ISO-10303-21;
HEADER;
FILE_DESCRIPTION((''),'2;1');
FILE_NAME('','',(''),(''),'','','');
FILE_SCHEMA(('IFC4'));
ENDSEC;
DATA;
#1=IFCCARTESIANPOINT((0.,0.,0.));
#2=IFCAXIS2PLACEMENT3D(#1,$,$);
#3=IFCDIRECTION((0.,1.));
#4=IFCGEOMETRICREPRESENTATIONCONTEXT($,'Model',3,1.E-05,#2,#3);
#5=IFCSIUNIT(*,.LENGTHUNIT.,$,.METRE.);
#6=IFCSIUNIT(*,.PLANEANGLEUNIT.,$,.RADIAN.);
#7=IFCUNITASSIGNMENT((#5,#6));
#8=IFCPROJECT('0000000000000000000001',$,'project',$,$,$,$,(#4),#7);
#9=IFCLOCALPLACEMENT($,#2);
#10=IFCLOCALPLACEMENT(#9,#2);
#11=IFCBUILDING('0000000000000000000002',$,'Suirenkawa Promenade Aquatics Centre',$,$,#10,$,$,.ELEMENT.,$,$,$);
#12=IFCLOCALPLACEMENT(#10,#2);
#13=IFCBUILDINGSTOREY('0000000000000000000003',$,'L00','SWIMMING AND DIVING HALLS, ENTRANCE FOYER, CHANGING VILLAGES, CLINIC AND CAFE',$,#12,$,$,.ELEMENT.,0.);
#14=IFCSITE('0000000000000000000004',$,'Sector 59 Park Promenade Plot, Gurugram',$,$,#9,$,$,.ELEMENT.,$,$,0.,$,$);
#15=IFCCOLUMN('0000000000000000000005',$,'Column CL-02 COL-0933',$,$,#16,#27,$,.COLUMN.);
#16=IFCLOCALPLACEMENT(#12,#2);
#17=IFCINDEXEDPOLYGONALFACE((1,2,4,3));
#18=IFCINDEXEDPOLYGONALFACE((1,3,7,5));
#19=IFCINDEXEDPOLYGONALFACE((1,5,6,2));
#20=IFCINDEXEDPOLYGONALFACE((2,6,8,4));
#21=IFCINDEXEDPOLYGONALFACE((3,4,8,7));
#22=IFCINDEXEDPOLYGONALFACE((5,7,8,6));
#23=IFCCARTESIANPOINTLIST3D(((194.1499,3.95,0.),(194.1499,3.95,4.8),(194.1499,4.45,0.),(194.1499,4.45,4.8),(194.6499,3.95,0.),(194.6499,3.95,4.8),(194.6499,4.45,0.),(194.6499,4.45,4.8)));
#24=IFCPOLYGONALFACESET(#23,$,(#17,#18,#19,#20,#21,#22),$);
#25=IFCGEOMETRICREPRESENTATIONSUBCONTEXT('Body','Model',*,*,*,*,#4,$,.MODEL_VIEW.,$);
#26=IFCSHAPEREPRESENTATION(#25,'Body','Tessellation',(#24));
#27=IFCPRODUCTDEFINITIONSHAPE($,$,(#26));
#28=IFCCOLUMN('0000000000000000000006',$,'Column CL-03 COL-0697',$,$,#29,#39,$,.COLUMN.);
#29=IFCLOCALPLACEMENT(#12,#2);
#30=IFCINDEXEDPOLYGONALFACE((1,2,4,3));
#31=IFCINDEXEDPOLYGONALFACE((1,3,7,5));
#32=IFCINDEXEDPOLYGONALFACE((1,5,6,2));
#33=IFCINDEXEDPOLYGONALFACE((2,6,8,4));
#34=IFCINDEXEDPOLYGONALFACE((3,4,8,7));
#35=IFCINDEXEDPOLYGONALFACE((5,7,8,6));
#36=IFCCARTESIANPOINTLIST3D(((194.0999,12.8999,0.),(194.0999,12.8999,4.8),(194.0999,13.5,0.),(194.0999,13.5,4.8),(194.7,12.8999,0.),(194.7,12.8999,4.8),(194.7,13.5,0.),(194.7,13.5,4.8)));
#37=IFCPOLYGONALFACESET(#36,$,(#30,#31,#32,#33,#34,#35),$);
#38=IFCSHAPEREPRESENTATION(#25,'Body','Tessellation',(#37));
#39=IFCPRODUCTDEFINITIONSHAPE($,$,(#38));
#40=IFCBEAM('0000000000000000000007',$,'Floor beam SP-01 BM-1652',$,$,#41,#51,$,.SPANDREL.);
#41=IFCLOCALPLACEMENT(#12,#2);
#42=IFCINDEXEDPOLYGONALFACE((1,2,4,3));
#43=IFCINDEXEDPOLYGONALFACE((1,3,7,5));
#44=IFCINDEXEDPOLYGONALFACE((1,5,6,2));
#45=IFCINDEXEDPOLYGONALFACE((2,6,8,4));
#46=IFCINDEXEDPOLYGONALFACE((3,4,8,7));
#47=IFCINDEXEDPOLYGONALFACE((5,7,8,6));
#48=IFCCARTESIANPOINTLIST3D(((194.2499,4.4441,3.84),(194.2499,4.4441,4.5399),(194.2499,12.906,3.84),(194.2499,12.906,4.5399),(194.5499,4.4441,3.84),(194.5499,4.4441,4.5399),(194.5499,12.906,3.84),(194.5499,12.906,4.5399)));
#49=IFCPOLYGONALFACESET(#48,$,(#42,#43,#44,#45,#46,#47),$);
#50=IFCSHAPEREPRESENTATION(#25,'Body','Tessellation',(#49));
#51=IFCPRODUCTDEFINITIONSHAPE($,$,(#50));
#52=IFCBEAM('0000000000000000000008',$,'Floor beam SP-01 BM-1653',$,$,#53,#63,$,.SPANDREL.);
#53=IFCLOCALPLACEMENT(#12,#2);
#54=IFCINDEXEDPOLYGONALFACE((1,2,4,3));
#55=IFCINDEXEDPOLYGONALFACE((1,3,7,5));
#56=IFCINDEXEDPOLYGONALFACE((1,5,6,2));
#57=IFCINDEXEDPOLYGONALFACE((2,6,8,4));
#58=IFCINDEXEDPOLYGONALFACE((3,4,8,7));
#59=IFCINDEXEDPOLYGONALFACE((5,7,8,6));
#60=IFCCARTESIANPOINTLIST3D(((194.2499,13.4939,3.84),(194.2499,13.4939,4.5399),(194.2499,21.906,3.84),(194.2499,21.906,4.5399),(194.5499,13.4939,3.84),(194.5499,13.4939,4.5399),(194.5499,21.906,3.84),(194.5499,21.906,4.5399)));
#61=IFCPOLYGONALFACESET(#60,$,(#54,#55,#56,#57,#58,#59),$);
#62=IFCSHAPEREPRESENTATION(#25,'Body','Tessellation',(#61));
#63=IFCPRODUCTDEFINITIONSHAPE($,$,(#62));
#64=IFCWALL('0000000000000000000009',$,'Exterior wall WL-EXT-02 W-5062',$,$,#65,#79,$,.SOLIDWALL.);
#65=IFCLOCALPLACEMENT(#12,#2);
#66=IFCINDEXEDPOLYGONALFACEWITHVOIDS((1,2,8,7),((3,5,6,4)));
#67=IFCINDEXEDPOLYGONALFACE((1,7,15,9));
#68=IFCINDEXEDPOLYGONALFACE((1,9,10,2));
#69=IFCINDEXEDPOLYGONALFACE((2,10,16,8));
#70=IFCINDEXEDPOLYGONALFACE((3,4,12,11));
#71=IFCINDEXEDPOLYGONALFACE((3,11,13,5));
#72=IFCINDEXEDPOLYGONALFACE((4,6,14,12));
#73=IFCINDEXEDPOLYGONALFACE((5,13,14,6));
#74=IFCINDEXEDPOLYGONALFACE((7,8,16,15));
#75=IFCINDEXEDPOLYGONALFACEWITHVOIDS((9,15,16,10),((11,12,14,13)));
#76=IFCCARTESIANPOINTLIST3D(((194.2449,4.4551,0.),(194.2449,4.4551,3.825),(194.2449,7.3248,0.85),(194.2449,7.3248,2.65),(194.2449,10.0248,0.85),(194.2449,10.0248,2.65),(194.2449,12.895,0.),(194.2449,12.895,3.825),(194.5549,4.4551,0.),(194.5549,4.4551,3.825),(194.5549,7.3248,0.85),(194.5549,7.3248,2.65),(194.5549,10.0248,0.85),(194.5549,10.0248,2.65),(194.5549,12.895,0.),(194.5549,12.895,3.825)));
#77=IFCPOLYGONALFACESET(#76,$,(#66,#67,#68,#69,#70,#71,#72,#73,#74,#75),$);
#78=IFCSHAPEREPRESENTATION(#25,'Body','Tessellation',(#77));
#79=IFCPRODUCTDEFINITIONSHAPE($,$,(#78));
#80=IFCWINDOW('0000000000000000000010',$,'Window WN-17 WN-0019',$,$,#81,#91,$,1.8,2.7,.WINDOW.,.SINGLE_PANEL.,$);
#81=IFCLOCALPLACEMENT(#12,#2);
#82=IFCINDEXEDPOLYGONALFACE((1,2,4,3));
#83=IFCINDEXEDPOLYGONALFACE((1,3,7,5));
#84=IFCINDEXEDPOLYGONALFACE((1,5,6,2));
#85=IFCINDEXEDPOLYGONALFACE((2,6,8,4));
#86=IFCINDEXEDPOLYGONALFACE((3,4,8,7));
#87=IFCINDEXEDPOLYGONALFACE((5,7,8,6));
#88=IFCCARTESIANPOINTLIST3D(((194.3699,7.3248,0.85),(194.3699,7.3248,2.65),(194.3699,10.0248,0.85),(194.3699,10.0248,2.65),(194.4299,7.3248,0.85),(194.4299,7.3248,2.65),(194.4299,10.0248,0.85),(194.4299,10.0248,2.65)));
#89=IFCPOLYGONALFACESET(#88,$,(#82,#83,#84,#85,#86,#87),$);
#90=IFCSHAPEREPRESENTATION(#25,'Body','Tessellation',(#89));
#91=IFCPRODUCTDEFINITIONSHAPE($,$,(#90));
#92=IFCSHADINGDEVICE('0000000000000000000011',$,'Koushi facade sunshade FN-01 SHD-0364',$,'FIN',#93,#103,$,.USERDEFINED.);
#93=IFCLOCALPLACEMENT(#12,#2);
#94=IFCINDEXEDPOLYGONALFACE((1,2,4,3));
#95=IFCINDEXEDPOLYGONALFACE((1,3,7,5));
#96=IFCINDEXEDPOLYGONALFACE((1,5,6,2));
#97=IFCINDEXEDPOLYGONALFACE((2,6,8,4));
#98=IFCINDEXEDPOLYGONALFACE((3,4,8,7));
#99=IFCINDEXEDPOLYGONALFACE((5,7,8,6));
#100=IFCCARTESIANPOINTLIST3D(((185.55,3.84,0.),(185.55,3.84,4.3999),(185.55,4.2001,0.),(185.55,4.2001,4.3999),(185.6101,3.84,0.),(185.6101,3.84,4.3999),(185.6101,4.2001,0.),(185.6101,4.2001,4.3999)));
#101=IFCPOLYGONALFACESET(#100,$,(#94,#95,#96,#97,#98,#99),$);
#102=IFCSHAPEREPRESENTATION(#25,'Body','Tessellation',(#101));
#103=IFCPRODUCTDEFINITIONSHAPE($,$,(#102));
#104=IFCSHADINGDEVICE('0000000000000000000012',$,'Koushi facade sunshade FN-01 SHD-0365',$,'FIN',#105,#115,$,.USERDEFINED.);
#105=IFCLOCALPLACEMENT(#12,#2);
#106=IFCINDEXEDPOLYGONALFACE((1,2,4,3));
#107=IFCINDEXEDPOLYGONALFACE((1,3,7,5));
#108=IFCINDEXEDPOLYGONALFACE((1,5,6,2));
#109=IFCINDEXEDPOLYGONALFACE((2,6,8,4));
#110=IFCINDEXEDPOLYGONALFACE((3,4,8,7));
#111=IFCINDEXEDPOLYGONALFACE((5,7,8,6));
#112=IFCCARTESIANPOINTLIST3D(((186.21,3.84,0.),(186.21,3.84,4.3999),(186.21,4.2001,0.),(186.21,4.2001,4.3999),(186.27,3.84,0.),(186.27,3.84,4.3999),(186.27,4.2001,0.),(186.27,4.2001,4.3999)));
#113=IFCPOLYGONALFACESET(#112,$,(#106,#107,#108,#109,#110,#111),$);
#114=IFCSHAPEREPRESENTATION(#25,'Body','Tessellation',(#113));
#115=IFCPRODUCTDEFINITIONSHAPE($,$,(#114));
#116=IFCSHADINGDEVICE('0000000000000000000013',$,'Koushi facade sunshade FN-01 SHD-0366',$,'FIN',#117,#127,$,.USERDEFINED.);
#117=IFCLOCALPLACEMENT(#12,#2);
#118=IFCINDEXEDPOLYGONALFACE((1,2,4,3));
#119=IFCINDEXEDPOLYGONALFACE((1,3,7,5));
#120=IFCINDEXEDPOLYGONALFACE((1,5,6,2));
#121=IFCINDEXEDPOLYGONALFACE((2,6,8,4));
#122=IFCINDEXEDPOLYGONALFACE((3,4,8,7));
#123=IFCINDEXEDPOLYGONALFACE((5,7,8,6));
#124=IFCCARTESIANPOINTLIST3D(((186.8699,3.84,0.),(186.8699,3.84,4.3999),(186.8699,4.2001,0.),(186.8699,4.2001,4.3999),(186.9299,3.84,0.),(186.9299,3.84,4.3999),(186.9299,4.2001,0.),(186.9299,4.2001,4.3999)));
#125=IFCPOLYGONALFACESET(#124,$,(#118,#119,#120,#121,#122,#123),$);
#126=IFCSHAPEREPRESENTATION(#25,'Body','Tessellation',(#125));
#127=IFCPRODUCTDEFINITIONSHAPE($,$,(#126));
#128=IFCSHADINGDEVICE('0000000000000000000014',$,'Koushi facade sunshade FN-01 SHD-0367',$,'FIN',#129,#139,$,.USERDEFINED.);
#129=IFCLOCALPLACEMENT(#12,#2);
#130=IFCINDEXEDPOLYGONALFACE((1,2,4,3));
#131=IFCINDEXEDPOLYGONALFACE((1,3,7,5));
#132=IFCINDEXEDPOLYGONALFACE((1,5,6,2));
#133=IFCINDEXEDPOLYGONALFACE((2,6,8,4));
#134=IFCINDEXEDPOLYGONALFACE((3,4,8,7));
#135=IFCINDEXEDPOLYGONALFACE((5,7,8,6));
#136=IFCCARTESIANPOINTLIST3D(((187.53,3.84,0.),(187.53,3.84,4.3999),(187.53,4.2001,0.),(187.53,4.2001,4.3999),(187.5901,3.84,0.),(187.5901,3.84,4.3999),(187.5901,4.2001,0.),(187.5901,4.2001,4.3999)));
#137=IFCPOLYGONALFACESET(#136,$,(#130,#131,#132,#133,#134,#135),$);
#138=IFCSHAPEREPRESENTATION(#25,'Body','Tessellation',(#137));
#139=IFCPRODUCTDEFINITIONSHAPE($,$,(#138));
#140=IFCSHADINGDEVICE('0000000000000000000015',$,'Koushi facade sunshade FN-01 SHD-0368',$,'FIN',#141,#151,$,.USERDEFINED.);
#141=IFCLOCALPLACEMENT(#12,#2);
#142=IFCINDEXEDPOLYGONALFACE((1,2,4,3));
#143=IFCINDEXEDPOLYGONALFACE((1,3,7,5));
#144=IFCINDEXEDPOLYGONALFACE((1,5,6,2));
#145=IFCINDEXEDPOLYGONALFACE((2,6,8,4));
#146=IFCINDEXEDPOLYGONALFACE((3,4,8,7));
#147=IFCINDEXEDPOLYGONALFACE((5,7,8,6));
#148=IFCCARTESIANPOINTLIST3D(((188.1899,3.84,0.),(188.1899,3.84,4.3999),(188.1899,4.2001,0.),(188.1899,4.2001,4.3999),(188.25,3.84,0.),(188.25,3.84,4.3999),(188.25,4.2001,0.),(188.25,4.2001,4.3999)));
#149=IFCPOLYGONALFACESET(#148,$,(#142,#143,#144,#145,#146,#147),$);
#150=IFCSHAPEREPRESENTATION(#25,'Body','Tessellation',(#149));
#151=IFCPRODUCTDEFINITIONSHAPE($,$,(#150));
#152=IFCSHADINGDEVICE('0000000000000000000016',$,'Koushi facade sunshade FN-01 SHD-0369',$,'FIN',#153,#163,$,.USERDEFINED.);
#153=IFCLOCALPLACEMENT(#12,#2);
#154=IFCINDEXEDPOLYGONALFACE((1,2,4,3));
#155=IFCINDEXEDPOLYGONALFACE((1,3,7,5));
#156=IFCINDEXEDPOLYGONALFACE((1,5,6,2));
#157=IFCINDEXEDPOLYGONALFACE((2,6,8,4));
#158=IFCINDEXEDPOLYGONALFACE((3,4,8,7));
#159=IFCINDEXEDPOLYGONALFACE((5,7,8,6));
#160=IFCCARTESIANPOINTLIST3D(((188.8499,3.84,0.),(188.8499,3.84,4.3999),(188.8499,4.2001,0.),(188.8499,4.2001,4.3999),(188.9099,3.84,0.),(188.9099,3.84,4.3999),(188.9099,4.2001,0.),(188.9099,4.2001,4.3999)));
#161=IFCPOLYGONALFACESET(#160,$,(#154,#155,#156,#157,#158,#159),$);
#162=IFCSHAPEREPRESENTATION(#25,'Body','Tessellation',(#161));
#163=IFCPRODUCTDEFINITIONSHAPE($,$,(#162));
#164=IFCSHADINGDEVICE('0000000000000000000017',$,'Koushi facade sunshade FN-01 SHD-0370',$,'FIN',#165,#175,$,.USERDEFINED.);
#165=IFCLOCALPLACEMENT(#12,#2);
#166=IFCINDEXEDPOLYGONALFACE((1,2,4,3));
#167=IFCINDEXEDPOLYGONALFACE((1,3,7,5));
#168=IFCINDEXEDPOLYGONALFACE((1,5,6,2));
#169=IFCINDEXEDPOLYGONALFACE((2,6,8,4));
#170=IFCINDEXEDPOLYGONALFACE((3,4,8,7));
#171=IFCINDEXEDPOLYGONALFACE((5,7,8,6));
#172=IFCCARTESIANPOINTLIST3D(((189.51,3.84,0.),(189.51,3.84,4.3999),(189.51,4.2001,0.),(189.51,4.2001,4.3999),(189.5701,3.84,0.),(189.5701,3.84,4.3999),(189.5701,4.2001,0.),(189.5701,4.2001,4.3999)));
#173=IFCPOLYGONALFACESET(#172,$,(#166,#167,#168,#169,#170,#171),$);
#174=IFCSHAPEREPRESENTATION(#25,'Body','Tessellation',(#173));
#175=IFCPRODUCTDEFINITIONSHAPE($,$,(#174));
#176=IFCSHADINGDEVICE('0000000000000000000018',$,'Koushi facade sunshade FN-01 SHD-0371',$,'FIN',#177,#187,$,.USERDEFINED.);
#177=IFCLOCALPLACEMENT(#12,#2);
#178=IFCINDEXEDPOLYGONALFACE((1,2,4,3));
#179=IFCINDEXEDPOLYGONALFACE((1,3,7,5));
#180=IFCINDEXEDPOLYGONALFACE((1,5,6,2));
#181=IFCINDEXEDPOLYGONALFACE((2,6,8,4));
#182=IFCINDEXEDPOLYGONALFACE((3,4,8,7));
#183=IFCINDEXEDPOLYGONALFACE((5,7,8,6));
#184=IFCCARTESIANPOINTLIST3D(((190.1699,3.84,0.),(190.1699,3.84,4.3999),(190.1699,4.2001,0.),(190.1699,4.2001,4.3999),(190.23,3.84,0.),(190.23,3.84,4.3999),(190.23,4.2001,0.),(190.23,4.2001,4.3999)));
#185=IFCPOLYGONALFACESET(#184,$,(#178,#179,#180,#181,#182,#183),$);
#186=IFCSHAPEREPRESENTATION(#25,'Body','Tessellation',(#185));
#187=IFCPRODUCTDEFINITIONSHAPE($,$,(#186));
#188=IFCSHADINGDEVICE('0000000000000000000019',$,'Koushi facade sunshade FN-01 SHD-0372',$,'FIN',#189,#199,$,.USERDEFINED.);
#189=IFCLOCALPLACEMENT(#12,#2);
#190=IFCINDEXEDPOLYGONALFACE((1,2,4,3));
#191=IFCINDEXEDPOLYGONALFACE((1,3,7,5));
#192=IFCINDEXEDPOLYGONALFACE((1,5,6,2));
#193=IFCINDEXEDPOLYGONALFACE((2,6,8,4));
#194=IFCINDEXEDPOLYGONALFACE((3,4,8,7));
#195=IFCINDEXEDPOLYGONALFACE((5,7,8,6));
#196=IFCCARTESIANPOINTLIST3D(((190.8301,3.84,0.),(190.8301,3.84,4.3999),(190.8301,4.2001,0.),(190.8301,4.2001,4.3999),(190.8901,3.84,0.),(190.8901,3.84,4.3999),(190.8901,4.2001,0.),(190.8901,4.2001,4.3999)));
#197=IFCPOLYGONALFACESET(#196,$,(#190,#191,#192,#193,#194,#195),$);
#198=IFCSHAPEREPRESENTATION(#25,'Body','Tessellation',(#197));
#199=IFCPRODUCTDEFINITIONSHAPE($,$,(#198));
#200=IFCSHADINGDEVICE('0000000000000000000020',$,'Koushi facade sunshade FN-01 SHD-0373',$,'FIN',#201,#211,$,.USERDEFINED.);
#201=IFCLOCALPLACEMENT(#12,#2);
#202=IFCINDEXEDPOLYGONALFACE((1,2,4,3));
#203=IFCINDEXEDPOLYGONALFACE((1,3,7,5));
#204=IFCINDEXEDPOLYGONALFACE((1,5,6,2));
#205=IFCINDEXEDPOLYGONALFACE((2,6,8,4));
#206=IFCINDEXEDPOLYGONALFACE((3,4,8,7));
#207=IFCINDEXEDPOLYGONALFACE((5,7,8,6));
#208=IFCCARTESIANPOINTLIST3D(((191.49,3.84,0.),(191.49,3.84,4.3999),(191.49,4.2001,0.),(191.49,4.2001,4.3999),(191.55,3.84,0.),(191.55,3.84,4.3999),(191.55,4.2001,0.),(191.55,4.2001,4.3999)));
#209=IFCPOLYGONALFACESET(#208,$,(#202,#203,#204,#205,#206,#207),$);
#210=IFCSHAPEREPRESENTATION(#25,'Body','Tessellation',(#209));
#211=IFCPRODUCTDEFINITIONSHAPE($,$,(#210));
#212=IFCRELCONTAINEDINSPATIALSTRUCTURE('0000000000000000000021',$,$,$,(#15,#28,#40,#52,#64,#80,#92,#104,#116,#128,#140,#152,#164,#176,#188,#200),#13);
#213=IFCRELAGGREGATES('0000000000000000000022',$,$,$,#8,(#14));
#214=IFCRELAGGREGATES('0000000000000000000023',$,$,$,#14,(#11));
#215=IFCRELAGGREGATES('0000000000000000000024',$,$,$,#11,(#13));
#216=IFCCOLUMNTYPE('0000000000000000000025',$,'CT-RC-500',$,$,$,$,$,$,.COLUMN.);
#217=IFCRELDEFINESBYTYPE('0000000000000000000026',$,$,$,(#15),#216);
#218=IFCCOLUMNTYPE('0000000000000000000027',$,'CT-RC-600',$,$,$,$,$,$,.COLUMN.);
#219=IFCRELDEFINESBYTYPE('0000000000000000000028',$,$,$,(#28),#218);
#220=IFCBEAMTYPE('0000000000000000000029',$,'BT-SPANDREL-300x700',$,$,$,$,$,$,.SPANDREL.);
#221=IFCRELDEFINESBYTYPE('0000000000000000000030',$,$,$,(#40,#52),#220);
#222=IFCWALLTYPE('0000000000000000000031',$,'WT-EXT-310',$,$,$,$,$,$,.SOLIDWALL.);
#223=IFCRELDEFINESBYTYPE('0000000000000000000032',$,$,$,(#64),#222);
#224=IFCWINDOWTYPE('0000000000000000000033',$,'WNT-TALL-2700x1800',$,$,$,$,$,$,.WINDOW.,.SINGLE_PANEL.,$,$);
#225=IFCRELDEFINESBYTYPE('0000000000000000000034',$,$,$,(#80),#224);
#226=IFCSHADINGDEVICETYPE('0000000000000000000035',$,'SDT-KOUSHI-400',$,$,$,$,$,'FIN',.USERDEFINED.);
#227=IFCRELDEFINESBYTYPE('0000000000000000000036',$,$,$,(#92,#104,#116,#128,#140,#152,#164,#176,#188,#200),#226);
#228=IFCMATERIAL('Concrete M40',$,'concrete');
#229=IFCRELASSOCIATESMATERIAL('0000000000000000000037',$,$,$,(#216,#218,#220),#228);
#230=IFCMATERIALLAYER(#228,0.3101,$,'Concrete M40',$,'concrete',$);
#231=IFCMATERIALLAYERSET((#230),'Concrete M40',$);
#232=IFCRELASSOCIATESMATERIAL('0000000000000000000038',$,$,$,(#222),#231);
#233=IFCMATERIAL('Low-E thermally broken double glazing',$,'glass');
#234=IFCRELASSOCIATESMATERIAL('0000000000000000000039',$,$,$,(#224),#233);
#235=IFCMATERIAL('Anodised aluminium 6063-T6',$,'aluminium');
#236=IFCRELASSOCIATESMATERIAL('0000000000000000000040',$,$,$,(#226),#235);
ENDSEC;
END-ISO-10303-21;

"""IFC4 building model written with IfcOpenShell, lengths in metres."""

from ifc_helpers import new_model, si_unit, direction, frame, frame_2d, origin, origin_2d, place, context, subcontext, project, spatial, rectangle, extrude, material, layer, layer_set, material_profile, profile_set, type_object, element, fill, save


model = new_model("IFC4")

# Units and contexts
model_context = context("Model", 3, precision=1e-05, world=origin(), true_north=direction((0.0, 1.0)))
body_context = subcontext(model_context, "Body", "Model", "MODEL_VIEW")
ifc_project = project(units=[si_unit("LENGTHUNIT", "METRE"), si_unit("PLANEANGLEUNIT", "RADIAN")], contexts=[model_context])

# Site, building, storey
site_placement = place(None, origin())
site = spatial("IfcSite", under=ifc_project, at=site_placement, Name="Sector 59 Park Promenade Plot, Gurugram", CompositionType="ELEMENT", RefElevation=0.0)
building_placement = place(site_placement, origin())
building = spatial("IfcBuilding", under=site, at=building_placement, Name="Suirenkawa Promenade Aquatics Centre", CompositionType="ELEMENT")
storey_placement = place(building_placement, origin())
storey = spatial("IfcBuildingStorey", under=building, at=storey_placement, Name="L00", Description="SWIMMING AND DIVING HALLS, ENTRANCE FOYER, CHANGING VILLAGES, CLINIC AND CAFE", CompositionType="ELEMENT", Elevation=0.0)

# Columns
ifc_material_1 = material(Name="Concrete M40", Category="concrete")
ifc_material_profile_1 = material_profile(ifc_material_1, rectangle(XDim=0.5, YDim=0.5, at=origin_2d()), Name="RC COL 500x500", Category="concrete")
ifc_profile_set_1 = profile_set([ifc_material_profile_1], Name="Concrete M40")
column_type_1 = type_object("IfcColumnType", Name="CT-RC-500", PredefinedType="COLUMN", material=ifc_profile_set_1)
column_1_placement = place(storey_placement, frame((194.3999, 4.2, 0.0), z_axis=(0.0, 0.0, 1.0), x_axis=(1.0, 0.0, 0.0)))
element("IfcColumn", 1, at=column_1_placement, inside=storey, type_object=column_type_1, Name="Column CL-02 COL-0933", PredefinedType="COLUMN", context=body_context, shape_type="SweptSolid", body=[
    extrude(rectangle(XDim=0.5, YDim=0.5, at=origin_2d()), origin(), (0.0, 0.0, 1.0), 4.8),
])
ifc_material_profile_2 = material_profile(ifc_material_1, rectangle(XDim=0.6001, YDim=0.6001, at=origin_2d()), Name="RC COL 600x600", Category="concrete")
ifc_profile_set_2 = profile_set([ifc_material_profile_2], Name="Concrete M40")
column_type_2 = type_object("IfcColumnType", Name="CT-RC-600", PredefinedType="COLUMN", material=ifc_profile_set_2)
column_2_placement = place(storey_placement, frame((194.3999, 13.2, 0.0), z_axis=(0.0, 0.0, 1.0), x_axis=(1.0, 0.0, 0.0)))
element("IfcColumn", 2, at=column_2_placement, inside=storey, type_object=column_type_2, Name="Column CL-03 COL-0697", PredefinedType="COLUMN", context=body_context, shape_type="SweptSolid", body=[
    extrude(rectangle(XDim=0.6001, YDim=0.6001, at=origin_2d()), origin(), (0.0, 0.0, 1.0), 4.8),
])

# Beams
ifc_material_profile_3 = material_profile(ifc_material_1, rectangle(XDim=0.3, YDim=0.7, at=origin_2d()), Name="RC SPANDREL 300x700", Category="concrete")
ifc_profile_set_3 = profile_set([ifc_material_profile_3], Name="Concrete M40")
beam_type = type_object("IfcBeamType", Name="BT-SPANDREL-300x700", PredefinedType="SPANDREL", material=ifc_profile_set_3)
beam_1_placement = place(storey_placement, frame((194.3999, 4.4441, 4.1899), z_axis=(0.0, 1.0, 0.0), x_axis=(-1.0, 0.0, 0.0)))
element("IfcBeam", 3, at=beam_1_placement, inside=storey, type_object=beam_type, Name="Floor beam SP-01 BM-1652", PredefinedType="SPANDREL", context=body_context, shape_type="SweptSolid", body=[
    extrude(rectangle(XDim=0.3, YDim=0.7, at=origin_2d()), origin(), (0.0, 0.0, 1.0), 8.4619),
])
beam_2_placement = place(storey_placement, frame((194.3999, 13.4939, 4.1899), z_axis=(0.0, 1.0, 0.0), x_axis=(-1.0, 0.0, 0.0)))
element("IfcBeam", 4, at=beam_2_placement, inside=storey, type_object=beam_type, Name="Floor beam SP-01 BM-1653", PredefinedType="SPANDREL", context=body_context, shape_type="SweptSolid", body=[
    extrude(rectangle(XDim=0.3, YDim=0.7, at=origin_2d()), origin(), (0.0, 0.0, 1.0), 8.4121),
])

# Shared definitions
ifc_layer = layer(ifc_material_1, 0.3101, Name="Concrete M40", Category="concrete")
ifc_layer_set = layer_set([ifc_layer], Name="Concrete M40")
wall_type = type_object("IfcWallType", Name="WT-EXT-310", PredefinedType="SOLIDWALL", material=ifc_layer_set)
ifc_material_2 = material(Name="Anodised aluminium 6063-T6", Category="aluminium")

# Wall, opening, window
wall_1_placement = place(storey_placement, frame((194.3999, 12.895, 0.0), z_axis=(0.0, 0.0, 1.0), x_axis=(0.0, -1.0, 0.0)))
wall_1 = element("IfcWall", 5, at=wall_1_placement, inside=storey, type_object=wall_type, Name="Exterior wall WL-EXT-02 W-5062", PredefinedType="SOLIDWALL", context=body_context, shape_type="SweptSolid", body=[
    extrude(rectangle(XDim=8.4399, YDim=0.3101, at=frame_2d((4.22, 0.0))), origin(), (0.0, 0.0, 1.0), 3.825),
])
opening_1_placement = place(wall_1_placement, frame((2.8701, 0.0, 0.8501)))
opening_1 = element("IfcOpeningElement", 6, at=opening_1_placement, cuts=wall_1, PredefinedType="OPENING", context=body_context, shape_type="SweptSolid", body=[
    extrude(rectangle(XDim=2.7, YDim=1.8, at=frame_2d((1.3501, 0.8999))), frame((0.0, 0.165, 0.0), z_axis=(0.0, -1.0, 0.0), x_axis=(1.0, 0.0, 0.0)), (0.0, 0.0, 1.0), 0.3301),
])
ifc_material_3 = material(Name="Low-E thermally broken double glazing", Category="glass")
window_type = type_object("IfcWindowType", Name="WNT-TALL-2700x1800", PartitioningType="SINGLE_PANEL", PredefinedType="WINDOW", material=ifc_material_3)
window_placement = place(opening_1_placement, origin())
window = element("IfcWindow", 7, at=window_placement, inside=storey, type_object=window_type, Name="Window WN-17 WN-0019", OverallHeight=1.8, OverallWidth=2.7, PartitioningType="SINGLE_PANEL", PredefinedType="WINDOW", context=body_context, shape_type="SweptSolid", body=[
    extrude(rectangle(XDim=2.7, YDim=1.8, at=frame_2d((1.3501, 0.8999))), frame((0.0, 0.03, 0.0), z_axis=(0.0, -1.0, 0.0), x_axis=(1.0, 0.0, 0.0)), (0.0, 0.0, 1.0), 0.0601),
])
fill(opening_1, window)

# Shading devices
shading_device_type = type_object("IfcShadingDeviceType", Name="SDT-KOUSHI-400", ElementType="FIN", PredefinedType="USERDEFINED", material=ifc_material_2)
for number, where, z_axis, x_axis, name in (
    (8, (185.5801, 4.02, 0.0), (0.0, 0.0, 1.0), (1.0, 0.0, 0.0), "Koushi facade sunshade FN-01 SHD-0364"),
    (9, (186.24, 4.02, 0.0), (0.0, 0.0, 1.0), (1.0, 0.0, 0.0), "Koushi facade sunshade FN-01 SHD-0365"),
    (10, (186.8999, 4.02, 0.0), (0.0, 0.0, 1.0), (1.0, 0.0, 0.0), "Koushi facade sunshade FN-01 SHD-0366"),
    (11, (187.5601, 4.02, 0.0), (0.0, 0.0, 1.0), (1.0, 0.0, 0.0), "Koushi facade sunshade FN-01 SHD-0367"),
    (12, (188.22, 4.02, 0.0), (0.0, 0.0, 1.0), (1.0, 0.0, 0.0), "Koushi facade sunshade FN-01 SHD-0368"),
    (13, (188.8799, 4.02, 0.0), (0.0, 0.0, 1.0), (1.0, 0.0, 0.0), "Koushi facade sunshade FN-01 SHD-0369"),
    (14, (189.54, 4.02, 0.0), (0.0, 0.0, 1.0), (1.0, 0.0, 0.0), "Koushi facade sunshade FN-01 SHD-0370"),
    (15, (190.2, 4.02, 0.0), (0.0, 0.0, 1.0), (1.0, 0.0, 0.0), "Koushi facade sunshade FN-01 SHD-0371"),
    (16, (190.8601, 4.02, 0.0), (0.0, 0.0, 1.0), (1.0, 0.0, 0.0), "Koushi facade sunshade FN-01 SHD-0372"),
    (17, (191.52, 4.02, 0.0), (0.0, 0.0, 1.0), (1.0, 0.0, 0.0), "Koushi facade sunshade FN-01 SHD-0373"),
):
    element("IfcShadingDevice", number, at=place(storey_placement, frame(where, z_axis=z_axis, x_axis=x_axis)), inside=storey, type_object=shading_device_type, Name=name, ObjectType="FIN", PredefinedType="USERDEFINED", context=body_context, shape_type="SweptSolid", body=[
        extrude(rectangle(XDim=0.0601, YDim=0.3601, at=origin_2d()), origin(), (0.0, 0.0, 1.0), 4.3999),
    ])

save(model, "model.ifc")
